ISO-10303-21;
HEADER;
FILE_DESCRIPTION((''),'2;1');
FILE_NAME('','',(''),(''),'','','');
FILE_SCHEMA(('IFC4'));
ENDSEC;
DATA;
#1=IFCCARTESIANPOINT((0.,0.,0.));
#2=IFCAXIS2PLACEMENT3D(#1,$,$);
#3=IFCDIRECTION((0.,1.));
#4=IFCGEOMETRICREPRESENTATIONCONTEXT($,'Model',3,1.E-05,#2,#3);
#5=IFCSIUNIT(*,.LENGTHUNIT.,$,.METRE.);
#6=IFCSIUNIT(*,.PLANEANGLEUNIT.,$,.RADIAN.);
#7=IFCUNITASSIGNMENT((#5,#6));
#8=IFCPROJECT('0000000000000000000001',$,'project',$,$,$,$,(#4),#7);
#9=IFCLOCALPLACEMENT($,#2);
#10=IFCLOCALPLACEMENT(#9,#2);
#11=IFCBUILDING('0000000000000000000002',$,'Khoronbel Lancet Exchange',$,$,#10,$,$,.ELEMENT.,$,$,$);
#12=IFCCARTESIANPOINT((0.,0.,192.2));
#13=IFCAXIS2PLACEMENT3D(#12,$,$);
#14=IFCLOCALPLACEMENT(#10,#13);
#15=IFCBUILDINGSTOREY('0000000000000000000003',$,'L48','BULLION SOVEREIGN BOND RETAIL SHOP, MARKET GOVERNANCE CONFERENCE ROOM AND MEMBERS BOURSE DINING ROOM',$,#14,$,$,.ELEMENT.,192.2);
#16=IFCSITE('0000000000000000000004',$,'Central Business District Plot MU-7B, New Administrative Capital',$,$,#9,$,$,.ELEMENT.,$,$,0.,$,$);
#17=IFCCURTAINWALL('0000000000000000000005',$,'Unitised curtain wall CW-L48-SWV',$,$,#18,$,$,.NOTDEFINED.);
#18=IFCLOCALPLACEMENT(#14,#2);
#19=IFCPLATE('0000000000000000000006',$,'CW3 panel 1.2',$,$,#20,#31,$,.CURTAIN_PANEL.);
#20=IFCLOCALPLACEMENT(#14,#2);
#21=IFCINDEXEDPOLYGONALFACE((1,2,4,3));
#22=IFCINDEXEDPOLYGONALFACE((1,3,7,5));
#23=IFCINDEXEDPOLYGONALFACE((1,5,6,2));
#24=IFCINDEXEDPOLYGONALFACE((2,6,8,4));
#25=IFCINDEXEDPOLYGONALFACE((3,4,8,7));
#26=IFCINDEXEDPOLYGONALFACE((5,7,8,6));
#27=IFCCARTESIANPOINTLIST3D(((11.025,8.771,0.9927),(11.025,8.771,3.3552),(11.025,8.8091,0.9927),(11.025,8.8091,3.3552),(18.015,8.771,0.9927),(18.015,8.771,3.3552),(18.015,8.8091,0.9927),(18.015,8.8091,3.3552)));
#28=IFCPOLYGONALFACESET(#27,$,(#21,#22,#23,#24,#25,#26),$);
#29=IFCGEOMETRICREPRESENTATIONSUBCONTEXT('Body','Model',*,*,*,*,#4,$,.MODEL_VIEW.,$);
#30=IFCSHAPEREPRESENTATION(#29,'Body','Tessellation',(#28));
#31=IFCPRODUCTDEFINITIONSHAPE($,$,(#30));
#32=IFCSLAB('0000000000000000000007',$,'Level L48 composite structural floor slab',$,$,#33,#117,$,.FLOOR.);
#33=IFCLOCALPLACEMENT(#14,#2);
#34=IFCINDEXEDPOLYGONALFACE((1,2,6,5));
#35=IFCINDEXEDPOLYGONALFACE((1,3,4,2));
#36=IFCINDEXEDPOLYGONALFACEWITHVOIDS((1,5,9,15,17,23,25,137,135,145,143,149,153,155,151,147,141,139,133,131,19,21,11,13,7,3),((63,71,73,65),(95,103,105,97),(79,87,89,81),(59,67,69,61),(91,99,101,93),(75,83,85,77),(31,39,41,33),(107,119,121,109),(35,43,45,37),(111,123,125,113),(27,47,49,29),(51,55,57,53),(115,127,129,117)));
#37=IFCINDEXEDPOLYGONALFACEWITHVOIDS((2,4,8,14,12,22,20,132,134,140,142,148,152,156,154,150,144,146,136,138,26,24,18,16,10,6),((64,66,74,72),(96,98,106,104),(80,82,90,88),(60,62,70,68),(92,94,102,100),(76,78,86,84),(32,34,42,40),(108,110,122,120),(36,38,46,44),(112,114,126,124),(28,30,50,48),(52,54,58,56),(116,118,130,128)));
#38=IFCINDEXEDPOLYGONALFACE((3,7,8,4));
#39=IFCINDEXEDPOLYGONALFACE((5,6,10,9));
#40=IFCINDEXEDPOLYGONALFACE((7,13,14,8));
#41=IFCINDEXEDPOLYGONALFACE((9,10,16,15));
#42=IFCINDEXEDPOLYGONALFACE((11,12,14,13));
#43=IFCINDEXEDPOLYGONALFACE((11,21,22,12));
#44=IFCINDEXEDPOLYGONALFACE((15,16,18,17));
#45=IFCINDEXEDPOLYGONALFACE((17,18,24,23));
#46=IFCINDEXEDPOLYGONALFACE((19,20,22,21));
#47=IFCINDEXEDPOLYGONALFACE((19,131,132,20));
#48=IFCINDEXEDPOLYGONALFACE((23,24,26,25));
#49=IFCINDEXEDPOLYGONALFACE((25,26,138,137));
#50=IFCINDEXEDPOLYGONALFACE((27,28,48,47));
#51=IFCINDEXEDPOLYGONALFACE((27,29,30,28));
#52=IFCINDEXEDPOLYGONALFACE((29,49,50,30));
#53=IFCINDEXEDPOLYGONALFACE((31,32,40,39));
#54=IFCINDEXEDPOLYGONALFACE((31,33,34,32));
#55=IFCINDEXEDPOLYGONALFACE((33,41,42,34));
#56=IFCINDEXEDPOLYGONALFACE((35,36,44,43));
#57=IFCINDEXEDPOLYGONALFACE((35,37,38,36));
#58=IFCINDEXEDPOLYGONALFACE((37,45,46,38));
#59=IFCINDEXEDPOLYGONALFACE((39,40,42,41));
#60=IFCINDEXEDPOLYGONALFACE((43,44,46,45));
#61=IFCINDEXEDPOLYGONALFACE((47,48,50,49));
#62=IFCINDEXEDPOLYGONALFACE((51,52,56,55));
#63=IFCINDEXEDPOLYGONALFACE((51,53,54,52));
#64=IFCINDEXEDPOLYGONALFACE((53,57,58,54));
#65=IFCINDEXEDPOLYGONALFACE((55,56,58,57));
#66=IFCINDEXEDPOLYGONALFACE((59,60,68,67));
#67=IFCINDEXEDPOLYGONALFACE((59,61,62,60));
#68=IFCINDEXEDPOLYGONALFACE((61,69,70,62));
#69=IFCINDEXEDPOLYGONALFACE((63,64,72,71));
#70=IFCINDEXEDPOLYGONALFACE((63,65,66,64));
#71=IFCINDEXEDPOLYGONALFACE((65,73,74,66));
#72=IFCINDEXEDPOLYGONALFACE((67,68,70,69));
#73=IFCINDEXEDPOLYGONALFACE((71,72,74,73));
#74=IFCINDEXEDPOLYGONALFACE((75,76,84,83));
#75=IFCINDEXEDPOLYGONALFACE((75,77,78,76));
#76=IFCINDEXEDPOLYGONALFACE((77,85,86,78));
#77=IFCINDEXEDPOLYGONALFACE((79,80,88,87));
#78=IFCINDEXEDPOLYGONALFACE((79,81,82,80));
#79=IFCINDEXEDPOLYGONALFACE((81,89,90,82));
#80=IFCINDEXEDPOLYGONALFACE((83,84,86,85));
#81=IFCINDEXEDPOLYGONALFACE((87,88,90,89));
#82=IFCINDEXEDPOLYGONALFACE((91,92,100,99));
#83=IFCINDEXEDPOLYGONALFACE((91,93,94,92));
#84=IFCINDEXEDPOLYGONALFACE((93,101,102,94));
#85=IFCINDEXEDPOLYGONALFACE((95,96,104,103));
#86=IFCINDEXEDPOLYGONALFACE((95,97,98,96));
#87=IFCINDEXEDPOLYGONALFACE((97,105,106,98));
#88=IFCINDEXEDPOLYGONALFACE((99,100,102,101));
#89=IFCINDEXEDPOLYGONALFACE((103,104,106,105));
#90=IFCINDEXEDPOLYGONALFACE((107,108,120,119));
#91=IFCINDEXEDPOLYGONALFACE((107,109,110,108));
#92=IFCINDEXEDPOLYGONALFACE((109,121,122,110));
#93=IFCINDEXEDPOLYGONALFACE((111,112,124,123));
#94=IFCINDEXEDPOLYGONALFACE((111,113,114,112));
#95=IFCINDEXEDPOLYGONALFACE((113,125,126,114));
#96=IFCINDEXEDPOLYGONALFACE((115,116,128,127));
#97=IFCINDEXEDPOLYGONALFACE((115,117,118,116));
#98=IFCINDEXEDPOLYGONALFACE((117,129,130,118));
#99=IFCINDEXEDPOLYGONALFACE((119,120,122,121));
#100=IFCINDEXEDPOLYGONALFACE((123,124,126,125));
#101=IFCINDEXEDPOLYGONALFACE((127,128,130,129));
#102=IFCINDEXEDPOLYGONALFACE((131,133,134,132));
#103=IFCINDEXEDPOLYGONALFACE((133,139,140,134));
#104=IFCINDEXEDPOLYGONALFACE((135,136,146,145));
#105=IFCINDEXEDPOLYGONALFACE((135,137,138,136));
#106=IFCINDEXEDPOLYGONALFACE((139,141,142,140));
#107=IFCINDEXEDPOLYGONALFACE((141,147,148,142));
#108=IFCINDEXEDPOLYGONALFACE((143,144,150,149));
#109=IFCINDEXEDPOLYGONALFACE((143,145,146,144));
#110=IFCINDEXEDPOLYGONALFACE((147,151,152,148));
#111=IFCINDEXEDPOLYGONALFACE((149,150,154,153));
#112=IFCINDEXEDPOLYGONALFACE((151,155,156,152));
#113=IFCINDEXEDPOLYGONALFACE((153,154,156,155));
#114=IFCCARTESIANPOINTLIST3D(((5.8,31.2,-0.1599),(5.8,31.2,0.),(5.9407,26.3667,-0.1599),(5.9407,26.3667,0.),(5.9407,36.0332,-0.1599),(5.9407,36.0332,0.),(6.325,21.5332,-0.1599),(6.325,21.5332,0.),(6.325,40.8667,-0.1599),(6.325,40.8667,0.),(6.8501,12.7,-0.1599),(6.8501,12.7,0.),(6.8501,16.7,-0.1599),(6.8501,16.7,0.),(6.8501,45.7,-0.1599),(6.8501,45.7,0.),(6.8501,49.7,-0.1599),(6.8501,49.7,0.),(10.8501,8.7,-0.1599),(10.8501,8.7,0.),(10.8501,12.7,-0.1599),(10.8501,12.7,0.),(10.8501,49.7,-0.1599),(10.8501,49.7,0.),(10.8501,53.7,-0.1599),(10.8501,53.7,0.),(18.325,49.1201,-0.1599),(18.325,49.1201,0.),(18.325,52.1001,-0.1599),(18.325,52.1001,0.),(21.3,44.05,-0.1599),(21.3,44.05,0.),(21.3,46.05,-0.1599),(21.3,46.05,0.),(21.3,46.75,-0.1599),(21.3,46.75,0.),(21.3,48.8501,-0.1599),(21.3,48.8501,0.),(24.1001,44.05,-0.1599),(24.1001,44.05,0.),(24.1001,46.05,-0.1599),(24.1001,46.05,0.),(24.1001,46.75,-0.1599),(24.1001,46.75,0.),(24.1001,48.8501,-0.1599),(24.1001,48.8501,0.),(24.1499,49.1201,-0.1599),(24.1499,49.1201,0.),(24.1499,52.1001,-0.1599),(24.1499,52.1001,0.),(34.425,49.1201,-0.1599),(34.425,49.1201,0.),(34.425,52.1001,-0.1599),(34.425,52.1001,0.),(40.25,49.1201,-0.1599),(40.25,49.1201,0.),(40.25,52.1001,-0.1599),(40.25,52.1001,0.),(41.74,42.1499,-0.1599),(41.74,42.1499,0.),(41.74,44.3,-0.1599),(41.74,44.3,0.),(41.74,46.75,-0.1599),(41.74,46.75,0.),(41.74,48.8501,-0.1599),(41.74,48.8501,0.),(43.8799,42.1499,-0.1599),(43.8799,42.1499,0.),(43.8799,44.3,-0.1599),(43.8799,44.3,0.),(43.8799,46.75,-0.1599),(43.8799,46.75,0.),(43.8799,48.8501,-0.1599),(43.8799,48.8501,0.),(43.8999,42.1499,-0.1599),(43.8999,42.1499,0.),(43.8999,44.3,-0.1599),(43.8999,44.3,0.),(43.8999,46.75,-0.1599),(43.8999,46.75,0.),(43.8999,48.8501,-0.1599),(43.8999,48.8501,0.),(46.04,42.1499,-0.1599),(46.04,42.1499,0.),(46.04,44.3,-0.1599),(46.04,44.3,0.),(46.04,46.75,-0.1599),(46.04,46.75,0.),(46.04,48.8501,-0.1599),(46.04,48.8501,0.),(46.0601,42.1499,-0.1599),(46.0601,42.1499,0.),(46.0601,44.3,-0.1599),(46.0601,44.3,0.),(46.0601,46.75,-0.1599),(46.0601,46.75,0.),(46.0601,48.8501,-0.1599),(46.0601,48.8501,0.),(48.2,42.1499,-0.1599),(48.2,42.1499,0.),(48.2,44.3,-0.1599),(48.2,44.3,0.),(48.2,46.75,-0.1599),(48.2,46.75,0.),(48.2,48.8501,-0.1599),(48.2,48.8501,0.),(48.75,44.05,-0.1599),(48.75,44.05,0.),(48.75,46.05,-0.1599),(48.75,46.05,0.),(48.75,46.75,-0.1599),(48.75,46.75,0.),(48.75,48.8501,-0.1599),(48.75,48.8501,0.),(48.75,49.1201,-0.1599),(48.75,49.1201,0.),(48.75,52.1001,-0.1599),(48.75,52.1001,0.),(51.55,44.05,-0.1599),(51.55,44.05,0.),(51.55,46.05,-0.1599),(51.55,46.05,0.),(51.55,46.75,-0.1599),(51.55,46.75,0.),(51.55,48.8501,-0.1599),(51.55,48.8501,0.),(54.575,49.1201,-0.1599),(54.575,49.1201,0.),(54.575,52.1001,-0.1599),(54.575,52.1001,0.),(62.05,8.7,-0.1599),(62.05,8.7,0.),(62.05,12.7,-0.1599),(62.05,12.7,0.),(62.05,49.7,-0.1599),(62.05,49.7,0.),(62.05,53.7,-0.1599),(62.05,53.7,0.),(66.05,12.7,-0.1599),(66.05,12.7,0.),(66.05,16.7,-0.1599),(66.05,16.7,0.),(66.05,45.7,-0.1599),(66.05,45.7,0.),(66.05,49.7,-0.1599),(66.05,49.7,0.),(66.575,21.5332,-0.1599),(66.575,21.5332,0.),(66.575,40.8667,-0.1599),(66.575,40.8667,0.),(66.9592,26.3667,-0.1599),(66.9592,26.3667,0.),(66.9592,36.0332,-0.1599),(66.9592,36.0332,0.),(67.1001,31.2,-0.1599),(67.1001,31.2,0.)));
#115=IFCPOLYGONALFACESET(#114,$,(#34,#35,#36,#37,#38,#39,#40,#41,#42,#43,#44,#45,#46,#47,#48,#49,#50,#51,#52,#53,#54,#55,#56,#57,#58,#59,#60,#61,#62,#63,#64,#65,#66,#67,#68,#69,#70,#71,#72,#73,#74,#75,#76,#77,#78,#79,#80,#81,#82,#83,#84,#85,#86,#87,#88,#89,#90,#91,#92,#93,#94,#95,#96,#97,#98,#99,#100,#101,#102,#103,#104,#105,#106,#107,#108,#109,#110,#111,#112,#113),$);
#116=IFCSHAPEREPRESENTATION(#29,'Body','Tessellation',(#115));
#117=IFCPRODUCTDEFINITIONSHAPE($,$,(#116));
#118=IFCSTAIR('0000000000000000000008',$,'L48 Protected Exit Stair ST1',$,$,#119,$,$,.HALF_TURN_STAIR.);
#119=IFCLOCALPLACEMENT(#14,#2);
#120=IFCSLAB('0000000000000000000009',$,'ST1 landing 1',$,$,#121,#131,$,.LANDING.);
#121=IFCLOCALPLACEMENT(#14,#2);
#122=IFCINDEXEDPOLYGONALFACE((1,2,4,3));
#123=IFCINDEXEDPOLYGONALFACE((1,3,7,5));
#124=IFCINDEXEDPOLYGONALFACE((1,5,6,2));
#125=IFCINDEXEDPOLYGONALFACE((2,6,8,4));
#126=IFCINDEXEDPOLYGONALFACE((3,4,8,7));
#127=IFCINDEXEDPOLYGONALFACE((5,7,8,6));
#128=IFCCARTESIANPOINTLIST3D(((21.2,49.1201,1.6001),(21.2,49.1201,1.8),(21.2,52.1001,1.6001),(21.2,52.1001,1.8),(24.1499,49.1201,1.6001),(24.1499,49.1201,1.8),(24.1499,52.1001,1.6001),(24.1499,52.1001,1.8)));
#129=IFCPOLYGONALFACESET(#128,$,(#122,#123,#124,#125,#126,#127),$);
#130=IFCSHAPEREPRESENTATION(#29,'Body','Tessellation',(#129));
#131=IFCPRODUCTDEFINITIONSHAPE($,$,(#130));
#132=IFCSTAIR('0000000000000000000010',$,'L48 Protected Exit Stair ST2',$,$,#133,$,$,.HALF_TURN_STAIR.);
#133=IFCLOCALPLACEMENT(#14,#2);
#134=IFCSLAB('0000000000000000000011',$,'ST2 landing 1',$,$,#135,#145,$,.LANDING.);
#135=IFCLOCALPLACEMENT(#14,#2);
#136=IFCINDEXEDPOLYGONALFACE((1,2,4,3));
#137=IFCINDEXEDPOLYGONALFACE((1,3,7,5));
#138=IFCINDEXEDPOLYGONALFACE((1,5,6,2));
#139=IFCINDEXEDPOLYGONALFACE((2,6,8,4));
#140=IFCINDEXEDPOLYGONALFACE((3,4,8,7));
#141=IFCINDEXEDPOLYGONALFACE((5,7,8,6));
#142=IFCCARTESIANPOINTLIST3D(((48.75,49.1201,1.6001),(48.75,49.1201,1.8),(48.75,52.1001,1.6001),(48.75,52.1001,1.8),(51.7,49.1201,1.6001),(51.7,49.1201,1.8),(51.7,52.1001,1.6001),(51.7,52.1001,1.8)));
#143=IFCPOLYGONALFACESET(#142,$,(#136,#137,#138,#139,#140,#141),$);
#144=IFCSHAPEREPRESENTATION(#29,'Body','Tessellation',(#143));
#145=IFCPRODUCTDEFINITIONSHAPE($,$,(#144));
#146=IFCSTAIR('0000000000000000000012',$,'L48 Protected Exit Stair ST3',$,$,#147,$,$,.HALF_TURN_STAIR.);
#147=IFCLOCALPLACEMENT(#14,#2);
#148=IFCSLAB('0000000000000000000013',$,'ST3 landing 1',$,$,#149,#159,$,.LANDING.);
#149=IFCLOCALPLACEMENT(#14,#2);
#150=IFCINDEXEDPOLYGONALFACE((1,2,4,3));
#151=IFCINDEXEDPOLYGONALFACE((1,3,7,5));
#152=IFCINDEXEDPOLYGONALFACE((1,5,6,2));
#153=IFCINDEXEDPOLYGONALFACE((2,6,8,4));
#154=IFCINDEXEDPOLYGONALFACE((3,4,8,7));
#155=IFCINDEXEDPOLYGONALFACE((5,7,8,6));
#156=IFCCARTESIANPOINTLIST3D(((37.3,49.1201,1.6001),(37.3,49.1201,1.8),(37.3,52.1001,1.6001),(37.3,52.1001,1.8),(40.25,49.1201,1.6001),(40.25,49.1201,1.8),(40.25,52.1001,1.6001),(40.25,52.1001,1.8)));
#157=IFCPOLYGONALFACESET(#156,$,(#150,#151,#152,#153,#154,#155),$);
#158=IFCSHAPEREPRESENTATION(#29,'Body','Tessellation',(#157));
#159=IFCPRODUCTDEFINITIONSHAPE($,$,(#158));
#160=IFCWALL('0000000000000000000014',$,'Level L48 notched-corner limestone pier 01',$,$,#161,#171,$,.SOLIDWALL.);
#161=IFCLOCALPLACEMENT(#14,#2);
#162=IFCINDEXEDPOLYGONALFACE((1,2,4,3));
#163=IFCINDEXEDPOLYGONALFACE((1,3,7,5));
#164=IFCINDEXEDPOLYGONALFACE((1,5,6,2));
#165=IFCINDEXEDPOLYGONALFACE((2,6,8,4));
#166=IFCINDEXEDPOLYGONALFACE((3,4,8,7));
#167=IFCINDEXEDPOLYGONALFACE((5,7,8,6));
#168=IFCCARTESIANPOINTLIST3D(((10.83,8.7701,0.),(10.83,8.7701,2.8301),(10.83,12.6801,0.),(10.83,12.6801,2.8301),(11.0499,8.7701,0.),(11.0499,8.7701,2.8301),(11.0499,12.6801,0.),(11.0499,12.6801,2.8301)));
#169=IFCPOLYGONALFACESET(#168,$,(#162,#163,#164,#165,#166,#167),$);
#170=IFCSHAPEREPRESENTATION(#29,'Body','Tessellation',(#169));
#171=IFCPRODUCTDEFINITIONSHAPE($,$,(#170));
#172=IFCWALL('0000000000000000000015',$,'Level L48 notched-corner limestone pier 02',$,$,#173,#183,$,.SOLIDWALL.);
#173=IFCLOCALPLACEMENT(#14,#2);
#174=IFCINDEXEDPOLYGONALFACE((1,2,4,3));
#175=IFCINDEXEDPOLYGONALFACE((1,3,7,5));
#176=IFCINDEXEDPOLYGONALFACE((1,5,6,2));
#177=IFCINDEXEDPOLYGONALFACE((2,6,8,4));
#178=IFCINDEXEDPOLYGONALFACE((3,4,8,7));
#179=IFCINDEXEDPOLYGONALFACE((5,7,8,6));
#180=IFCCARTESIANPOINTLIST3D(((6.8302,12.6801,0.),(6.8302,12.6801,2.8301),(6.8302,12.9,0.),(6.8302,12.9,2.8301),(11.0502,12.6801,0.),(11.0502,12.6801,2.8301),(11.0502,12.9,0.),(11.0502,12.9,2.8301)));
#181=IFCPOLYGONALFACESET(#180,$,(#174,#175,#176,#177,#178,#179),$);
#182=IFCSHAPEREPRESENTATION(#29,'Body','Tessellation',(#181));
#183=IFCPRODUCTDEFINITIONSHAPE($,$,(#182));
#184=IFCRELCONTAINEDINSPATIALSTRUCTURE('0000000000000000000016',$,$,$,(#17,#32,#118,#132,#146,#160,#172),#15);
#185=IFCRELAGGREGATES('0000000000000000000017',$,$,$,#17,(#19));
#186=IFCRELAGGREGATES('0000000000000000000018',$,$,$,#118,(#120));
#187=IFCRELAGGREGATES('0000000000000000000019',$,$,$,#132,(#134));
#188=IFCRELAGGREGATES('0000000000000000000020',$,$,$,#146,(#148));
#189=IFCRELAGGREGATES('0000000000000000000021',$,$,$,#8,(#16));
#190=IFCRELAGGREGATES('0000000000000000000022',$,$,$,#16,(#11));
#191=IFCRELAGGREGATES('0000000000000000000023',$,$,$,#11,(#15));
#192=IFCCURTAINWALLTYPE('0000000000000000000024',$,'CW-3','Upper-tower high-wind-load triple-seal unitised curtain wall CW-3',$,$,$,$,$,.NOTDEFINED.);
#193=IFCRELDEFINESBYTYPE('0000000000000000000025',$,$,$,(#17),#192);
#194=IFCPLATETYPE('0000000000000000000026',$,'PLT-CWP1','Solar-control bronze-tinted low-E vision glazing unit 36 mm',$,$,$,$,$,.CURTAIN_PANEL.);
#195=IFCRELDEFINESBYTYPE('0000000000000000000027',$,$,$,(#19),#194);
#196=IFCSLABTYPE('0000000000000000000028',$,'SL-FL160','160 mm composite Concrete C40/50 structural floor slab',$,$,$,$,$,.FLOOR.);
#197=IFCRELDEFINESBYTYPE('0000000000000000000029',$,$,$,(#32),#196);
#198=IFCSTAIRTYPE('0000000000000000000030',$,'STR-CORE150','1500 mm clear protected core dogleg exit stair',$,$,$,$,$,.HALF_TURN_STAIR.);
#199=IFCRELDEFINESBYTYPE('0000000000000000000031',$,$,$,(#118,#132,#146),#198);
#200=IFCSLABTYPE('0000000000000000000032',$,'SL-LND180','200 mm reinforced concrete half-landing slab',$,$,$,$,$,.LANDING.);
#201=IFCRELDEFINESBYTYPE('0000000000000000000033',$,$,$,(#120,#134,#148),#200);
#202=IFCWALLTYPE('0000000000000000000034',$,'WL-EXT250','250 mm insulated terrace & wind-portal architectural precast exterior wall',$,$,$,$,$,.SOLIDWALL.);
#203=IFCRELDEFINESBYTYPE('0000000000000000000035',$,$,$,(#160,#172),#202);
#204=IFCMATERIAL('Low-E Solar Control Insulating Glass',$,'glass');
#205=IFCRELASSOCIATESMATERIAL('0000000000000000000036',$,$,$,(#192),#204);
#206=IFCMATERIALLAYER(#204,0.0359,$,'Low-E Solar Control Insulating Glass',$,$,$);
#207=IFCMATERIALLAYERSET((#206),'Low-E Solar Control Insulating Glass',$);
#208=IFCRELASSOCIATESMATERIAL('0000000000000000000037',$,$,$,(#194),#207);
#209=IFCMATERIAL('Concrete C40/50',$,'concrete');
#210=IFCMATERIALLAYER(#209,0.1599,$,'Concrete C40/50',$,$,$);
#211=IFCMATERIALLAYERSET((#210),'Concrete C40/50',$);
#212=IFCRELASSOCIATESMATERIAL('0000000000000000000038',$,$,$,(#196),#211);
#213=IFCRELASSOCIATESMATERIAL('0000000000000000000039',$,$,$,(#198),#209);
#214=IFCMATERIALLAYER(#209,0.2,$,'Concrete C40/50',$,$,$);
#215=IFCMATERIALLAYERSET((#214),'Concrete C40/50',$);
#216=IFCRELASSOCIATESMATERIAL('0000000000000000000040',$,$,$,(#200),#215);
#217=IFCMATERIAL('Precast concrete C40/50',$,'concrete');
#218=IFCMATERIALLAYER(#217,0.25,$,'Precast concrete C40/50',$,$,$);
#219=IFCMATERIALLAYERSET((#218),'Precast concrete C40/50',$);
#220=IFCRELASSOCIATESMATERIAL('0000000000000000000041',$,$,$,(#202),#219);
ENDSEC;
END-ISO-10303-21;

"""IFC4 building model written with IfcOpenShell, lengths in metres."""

from ifc_helpers import new_model, si_unit, direction, frame, frame_2d, origin, origin_2d, place, context, subcontext, project, spatial, polyline, rectangle, outline, extrude, material, layer, layer_set, type_object, element, aggregate, save


model = new_model("IFC4")

# Units and contexts
model_context = context("Model", 3, precision=1e-05, world=origin(), true_north=direction((0.0, 1.0)))
body_context = subcontext(model_context, "Body", "Model", "MODEL_VIEW")
ifc_project = project(units=[si_unit("LENGTHUNIT", "METRE"), si_unit("PLANEANGLEUNIT", "RADIAN")], contexts=[model_context])

# Site, building, storey
site_placement = place(None, origin())
site = spatial("IfcSite", under=ifc_project, at=site_placement, Name="Central Business District Plot MU-7B, New Administrative Capital", CompositionType="ELEMENT", RefElevation=0.0)
building_placement = place(site_placement, origin())
building = spatial("IfcBuilding", under=site, at=building_placement, Name="Khoronbel Lancet Exchange", CompositionType="ELEMENT")
storey_placement = place(building_placement, frame((0.0, 0.0, 192.2)))
storey = spatial("IfcBuildingStorey", under=building, at=storey_placement, Name="L48", Description="BULLION SOVEREIGN BOND RETAIL SHOP, MARKET GOVERNANCE CONFERENCE ROOM AND MEMBERS BOURSE DINING ROOM", CompositionType="ELEMENT", Elevation=192.2)

# Curtain wall
ifc_material_1 = material(Name="Low-E Solar Control Insulating Glass", Category="glass")
curtain_wall_type = type_object("IfcCurtainWallType", Name="CW-3", Description="Upper-tower high-wind-load triple-seal unitised curtain wall CW-3", PredefinedType="NOTDEFINED", material=ifc_material_1)
curtain_wall_1_placement = place(storey_placement, origin())
curtain_wall_1 = element("IfcCurtainWall", 1, at=curtain_wall_1_placement, inside=storey, type_object=curtain_wall_type, Name="Unitised curtain wall CW-L48-SWV", PredefinedType="NOTDEFINED")

# Plate
ifc_layer_1 = layer(ifc_material_1, 0.0359, Name="Low-E Solar Control Insulating Glass")
ifc_layer_set_1 = layer_set([ifc_layer_1], Name="Low-E Solar Control Insulating Glass")
plate_type = type_object("IfcPlateType", Name="PLT-CWP1", Description="Solar-control bronze-tinted low-E vision glazing unit 36 mm", PredefinedType="CURTAIN_PANEL", material=ifc_layer_set_1)
plate_1_placement = place(storey_placement, frame((14.52, 8.79, 0.9927), z_axis=(0.0, 0.0, 1.0), x_axis=(1.0, 0.0, 0.0)))
plate_1 = element("IfcPlate", 2, at=plate_1_placement, type_object=plate_type, Name="CW3 panel 1.2", PredefinedType="CURTAIN_PANEL", context=body_context, shape_type="SweptSolid", body=[
    extrude(rectangle(XDim=6.99, YDim=0.0381, at=origin_2d()), origin(), (0.0, 0.0, 1.0), 2.3625),
])
aggregate(curtain_wall_1, [plate_1])

# Slab
ifc_material_2 = material(Name="Concrete C40/50", Category="concrete")
ifc_layer_2 = layer(ifc_material_2, 0.1599, Name="Concrete C40/50")
ifc_layer_set_2 = layer_set([ifc_layer_2], Name="Concrete C40/50")
slab_type_1 = type_object("IfcSlabType", Name="SL-FL160", Description="160 mm composite Concrete C40/50 structural floor slab", PredefinedType="FLOOR", material=ifc_layer_set_2)
slab_1_placement = place(storey_placement, frame((0.0, 0.0, -0.1599)))
element("IfcSlab", 3, at=slab_1_placement, inside=storey, type_object=slab_type_1, Name="Level L48 composite structural floor slab", PredefinedType="FLOOR", context=body_context, shape_type="SweptSolid", body=[
    extrude(outline(polyline([(10.8501, 8.7), (62.05, 8.7), (62.05, 12.7), (66.05, 12.7), (66.05, 16.7), (66.575, 21.5332), (66.9592, 26.3667), (67.1001, 31.2), (66.9592, 36.0332), (66.575, 40.8667), (66.05, 45.7), (66.05, 49.7), (62.05, 49.7), (62.05, 53.7), (10.8501, 53.7), (10.8501, 49.7), (6.8501, 49.7), (6.8501, 45.7), (6.325, 40.8667), (5.9407, 36.0332), (5.8, 31.2), (5.9407, 26.3667), (6.325, 21.5332), (6.8501, 16.7), (6.8501, 12.7), (10.8501, 12.7), (10.8501, 8.7)]), holes=[polyline([(18.325, 49.1201), (24.1499, 49.1201), (24.1499, 52.1001), (18.325, 52.1001), (18.325, 49.1201)]), polyline([(48.75, 49.1201), (54.575, 49.1201), (54.575, 52.1001), (48.75, 52.1001), (48.75, 49.1201)]), polyline([(34.425, 49.1201), (40.25, 49.1201), (40.25, 52.1001), (34.425, 52.1001), (34.425, 49.1201)]), polyline([(41.74, 46.75), (43.8799, 46.75), (43.8799, 48.8501), (41.74, 48.8501), (41.74, 46.75)]), polyline([(43.8999, 46.75), (46.04, 46.75), (46.04, 48.8501), (43.8999, 48.8501), (43.8999, 46.75)]), polyline([(46.0601, 46.75), (48.2, 46.75), (48.2, 48.8501), (46.0601, 48.8501), (46.0601, 46.75)]), polyline([(41.74, 42.1499), (43.8799, 42.1499), (43.8799, 44.3), (41.74, 44.3), (41.74, 42.1499)]), polyline([(43.8999, 42.1499), (46.04, 42.1499), (46.04, 44.3), (43.8999, 44.3), (43.8999, 42.1499)]), polyline([(46.0601, 42.1499), (48.2, 42.1499), (48.2, 44.3), (46.0601, 44.3), (46.0601, 42.1499)]), polyline([(21.3, 46.75), (24.1001, 46.75), (24.1001, 48.8501), (21.3, 48.8501), (21.3, 46.75)]), polyline([(48.75, 46.75), (51.55, 46.75), (51.55, 48.8501), (48.75, 48.8501), (48.75, 46.75)]), polyline([(21.3, 44.05), (24.1001, 44.05), (24.1001, 46.05), (21.3, 46.05), (21.3, 44.05)]), polyline([(48.75, 44.05), (51.55, 44.05), (51.55, 46.05), (48.75, 46.05), (48.75, 44.05)])]), origin(), (0.0, 0.0, 1.0), 0.1599),
])

# Stairs, slabs
stair_type = type_object("IfcStairType", Name="STR-CORE150", Description="1500 mm clear protected core dogleg exit stair", PredefinedType="HALF_TURN_STAIR", material=ifc_material_2)
stair_1_placement = place(storey_placement, origin())
stair_1 = element("IfcStair", 4, at=stair_1_placement, inside=storey, type_object=stair_type, Name="L48 Protected Exit Stair ST1", PredefinedType="HALF_TURN_STAIR")
ifc_layer_3 = layer(ifc_material_2, 0.2, Name="Concrete C40/50")
ifc_layer_set_3 = layer_set([ifc_layer_3], Name="Concrete C40/50")
slab_type_2 = type_object("IfcSlabType", Name="SL-LND180", Description="200 mm reinforced concrete half-landing slab", PredefinedType="LANDING", material=ifc_layer_set_3)
slab_2_placement = place(storey_placement, frame((0.0, 0.0, 1.6001)))
slab_2 = element("IfcSlab", 5, at=slab_2_placement, type_object=slab_type_2, Name="ST1 landing 1", PredefinedType="LANDING", context=body_context, shape_type="SweptSolid", body=[
    extrude(outline(polyline([(21.2, 49.1201), (24.1499, 49.1201), (24.1499, 52.1001), (21.2, 52.1001), (21.2, 49.1201)])), origin(), (0.0, 0.0, 1.0), 0.2),
])
aggregate(stair_1, [slab_2])
stair_2_placement = place(storey_placement, origin())
stair_2 = element("IfcStair", 6, at=stair_2_placement, inside=storey, type_object=stair_type, Name="L48 Protected Exit Stair ST2", PredefinedType="HALF_TURN_STAIR")
slab_3_placement = place(storey_placement, frame((0.0, 0.0, 1.6001)))
slab_3 = element("IfcSlab", 7, at=slab_3_placement, type_object=slab_type_2, Name="ST2 landing 1", PredefinedType="LANDING", context=body_context, shape_type="SweptSolid", body=[
    extrude(outline(polyline([(51.7, 52.1001), (48.75, 52.1001), (48.75, 49.1201), (51.7, 49.1201), (51.7, 52.1001)])), origin(), (0.0, 0.0, 1.0), 0.2),
])
aggregate(stair_2, [slab_3])
stair_3_placement = place(storey_placement, origin())
stair_3 = element("IfcStair", 8, at=stair_3_placement, inside=storey, type_object=stair_type, Name="L48 Protected Exit Stair ST3", PredefinedType="HALF_TURN_STAIR")
slab_4_placement = place(storey_placement, frame((0.0, 0.0, 1.6001)))
slab_4 = element("IfcSlab", 9, at=slab_4_placement, type_object=slab_type_2, Name="ST3 landing 1", PredefinedType="LANDING", context=body_context, shape_type="SweptSolid", body=[
    extrude(outline(polyline([(37.3, 49.1201), (40.25, 49.1201), (40.25, 52.1001), (37.3, 52.1001), (37.3, 49.1201)])), origin(), (0.0, 0.0, 1.0), 0.2),
])
aggregate(stair_3, [slab_4])

# Walls
ifc_material_3 = material(Name="Precast concrete C40/50", Category="concrete")
ifc_layer_4 = layer(ifc_material_3, 0.25, Name="Precast concrete C40/50")
ifc_layer_set_4 = layer_set([ifc_layer_4], Name="Precast concrete C40/50")
wall_type_1 = type_object("IfcWallType", Name="WL-EXT250", Description="250 mm insulated terrace & wind-portal architectural precast exterior wall", PredefinedType="SOLIDWALL", material=ifc_layer_set_4)
wall_1_placement = place(storey_placement, frame((10.9399, 8.77, 0.0), z_axis=(0.0, 0.0, 1.0), x_axis=(0.0, 1.0, 0.0)))
element("IfcWall", 10, at=wall_1_placement, inside=storey, type_object=wall_type_1, Name="Level L48 notched-corner limestone pier 01", PredefinedType="SOLIDWALL", context=body_context, shape_type="SweptSolid", body=[
    extrude(rectangle(XDim=3.9099, YDim=0.22, at=frame_2d((1.9551, 0.0))), origin(), (0.0, 0.0, 1.0), 2.8301),
])
wall_2_placement = place(storey_placement, frame((11.05, 12.79, 0.0), z_axis=(0.0, 0.0, 1.0), x_axis=(-1.0, 0.0, 0.0)))
element("IfcWall", 11, at=wall_2_placement, inside=storey, type_object=wall_type_1, Name="Level L48 notched-corner limestone pier 02", PredefinedType="SOLIDWALL", context=body_context, shape_type="SweptSolid", body=[
    extrude(rectangle(XDim=4.22, YDim=0.22, at=frame_2d((2.1099, 0.0))), origin(), (0.0, 0.0, 1.0), 2.8301),
])

save(model, "model.ifc")
